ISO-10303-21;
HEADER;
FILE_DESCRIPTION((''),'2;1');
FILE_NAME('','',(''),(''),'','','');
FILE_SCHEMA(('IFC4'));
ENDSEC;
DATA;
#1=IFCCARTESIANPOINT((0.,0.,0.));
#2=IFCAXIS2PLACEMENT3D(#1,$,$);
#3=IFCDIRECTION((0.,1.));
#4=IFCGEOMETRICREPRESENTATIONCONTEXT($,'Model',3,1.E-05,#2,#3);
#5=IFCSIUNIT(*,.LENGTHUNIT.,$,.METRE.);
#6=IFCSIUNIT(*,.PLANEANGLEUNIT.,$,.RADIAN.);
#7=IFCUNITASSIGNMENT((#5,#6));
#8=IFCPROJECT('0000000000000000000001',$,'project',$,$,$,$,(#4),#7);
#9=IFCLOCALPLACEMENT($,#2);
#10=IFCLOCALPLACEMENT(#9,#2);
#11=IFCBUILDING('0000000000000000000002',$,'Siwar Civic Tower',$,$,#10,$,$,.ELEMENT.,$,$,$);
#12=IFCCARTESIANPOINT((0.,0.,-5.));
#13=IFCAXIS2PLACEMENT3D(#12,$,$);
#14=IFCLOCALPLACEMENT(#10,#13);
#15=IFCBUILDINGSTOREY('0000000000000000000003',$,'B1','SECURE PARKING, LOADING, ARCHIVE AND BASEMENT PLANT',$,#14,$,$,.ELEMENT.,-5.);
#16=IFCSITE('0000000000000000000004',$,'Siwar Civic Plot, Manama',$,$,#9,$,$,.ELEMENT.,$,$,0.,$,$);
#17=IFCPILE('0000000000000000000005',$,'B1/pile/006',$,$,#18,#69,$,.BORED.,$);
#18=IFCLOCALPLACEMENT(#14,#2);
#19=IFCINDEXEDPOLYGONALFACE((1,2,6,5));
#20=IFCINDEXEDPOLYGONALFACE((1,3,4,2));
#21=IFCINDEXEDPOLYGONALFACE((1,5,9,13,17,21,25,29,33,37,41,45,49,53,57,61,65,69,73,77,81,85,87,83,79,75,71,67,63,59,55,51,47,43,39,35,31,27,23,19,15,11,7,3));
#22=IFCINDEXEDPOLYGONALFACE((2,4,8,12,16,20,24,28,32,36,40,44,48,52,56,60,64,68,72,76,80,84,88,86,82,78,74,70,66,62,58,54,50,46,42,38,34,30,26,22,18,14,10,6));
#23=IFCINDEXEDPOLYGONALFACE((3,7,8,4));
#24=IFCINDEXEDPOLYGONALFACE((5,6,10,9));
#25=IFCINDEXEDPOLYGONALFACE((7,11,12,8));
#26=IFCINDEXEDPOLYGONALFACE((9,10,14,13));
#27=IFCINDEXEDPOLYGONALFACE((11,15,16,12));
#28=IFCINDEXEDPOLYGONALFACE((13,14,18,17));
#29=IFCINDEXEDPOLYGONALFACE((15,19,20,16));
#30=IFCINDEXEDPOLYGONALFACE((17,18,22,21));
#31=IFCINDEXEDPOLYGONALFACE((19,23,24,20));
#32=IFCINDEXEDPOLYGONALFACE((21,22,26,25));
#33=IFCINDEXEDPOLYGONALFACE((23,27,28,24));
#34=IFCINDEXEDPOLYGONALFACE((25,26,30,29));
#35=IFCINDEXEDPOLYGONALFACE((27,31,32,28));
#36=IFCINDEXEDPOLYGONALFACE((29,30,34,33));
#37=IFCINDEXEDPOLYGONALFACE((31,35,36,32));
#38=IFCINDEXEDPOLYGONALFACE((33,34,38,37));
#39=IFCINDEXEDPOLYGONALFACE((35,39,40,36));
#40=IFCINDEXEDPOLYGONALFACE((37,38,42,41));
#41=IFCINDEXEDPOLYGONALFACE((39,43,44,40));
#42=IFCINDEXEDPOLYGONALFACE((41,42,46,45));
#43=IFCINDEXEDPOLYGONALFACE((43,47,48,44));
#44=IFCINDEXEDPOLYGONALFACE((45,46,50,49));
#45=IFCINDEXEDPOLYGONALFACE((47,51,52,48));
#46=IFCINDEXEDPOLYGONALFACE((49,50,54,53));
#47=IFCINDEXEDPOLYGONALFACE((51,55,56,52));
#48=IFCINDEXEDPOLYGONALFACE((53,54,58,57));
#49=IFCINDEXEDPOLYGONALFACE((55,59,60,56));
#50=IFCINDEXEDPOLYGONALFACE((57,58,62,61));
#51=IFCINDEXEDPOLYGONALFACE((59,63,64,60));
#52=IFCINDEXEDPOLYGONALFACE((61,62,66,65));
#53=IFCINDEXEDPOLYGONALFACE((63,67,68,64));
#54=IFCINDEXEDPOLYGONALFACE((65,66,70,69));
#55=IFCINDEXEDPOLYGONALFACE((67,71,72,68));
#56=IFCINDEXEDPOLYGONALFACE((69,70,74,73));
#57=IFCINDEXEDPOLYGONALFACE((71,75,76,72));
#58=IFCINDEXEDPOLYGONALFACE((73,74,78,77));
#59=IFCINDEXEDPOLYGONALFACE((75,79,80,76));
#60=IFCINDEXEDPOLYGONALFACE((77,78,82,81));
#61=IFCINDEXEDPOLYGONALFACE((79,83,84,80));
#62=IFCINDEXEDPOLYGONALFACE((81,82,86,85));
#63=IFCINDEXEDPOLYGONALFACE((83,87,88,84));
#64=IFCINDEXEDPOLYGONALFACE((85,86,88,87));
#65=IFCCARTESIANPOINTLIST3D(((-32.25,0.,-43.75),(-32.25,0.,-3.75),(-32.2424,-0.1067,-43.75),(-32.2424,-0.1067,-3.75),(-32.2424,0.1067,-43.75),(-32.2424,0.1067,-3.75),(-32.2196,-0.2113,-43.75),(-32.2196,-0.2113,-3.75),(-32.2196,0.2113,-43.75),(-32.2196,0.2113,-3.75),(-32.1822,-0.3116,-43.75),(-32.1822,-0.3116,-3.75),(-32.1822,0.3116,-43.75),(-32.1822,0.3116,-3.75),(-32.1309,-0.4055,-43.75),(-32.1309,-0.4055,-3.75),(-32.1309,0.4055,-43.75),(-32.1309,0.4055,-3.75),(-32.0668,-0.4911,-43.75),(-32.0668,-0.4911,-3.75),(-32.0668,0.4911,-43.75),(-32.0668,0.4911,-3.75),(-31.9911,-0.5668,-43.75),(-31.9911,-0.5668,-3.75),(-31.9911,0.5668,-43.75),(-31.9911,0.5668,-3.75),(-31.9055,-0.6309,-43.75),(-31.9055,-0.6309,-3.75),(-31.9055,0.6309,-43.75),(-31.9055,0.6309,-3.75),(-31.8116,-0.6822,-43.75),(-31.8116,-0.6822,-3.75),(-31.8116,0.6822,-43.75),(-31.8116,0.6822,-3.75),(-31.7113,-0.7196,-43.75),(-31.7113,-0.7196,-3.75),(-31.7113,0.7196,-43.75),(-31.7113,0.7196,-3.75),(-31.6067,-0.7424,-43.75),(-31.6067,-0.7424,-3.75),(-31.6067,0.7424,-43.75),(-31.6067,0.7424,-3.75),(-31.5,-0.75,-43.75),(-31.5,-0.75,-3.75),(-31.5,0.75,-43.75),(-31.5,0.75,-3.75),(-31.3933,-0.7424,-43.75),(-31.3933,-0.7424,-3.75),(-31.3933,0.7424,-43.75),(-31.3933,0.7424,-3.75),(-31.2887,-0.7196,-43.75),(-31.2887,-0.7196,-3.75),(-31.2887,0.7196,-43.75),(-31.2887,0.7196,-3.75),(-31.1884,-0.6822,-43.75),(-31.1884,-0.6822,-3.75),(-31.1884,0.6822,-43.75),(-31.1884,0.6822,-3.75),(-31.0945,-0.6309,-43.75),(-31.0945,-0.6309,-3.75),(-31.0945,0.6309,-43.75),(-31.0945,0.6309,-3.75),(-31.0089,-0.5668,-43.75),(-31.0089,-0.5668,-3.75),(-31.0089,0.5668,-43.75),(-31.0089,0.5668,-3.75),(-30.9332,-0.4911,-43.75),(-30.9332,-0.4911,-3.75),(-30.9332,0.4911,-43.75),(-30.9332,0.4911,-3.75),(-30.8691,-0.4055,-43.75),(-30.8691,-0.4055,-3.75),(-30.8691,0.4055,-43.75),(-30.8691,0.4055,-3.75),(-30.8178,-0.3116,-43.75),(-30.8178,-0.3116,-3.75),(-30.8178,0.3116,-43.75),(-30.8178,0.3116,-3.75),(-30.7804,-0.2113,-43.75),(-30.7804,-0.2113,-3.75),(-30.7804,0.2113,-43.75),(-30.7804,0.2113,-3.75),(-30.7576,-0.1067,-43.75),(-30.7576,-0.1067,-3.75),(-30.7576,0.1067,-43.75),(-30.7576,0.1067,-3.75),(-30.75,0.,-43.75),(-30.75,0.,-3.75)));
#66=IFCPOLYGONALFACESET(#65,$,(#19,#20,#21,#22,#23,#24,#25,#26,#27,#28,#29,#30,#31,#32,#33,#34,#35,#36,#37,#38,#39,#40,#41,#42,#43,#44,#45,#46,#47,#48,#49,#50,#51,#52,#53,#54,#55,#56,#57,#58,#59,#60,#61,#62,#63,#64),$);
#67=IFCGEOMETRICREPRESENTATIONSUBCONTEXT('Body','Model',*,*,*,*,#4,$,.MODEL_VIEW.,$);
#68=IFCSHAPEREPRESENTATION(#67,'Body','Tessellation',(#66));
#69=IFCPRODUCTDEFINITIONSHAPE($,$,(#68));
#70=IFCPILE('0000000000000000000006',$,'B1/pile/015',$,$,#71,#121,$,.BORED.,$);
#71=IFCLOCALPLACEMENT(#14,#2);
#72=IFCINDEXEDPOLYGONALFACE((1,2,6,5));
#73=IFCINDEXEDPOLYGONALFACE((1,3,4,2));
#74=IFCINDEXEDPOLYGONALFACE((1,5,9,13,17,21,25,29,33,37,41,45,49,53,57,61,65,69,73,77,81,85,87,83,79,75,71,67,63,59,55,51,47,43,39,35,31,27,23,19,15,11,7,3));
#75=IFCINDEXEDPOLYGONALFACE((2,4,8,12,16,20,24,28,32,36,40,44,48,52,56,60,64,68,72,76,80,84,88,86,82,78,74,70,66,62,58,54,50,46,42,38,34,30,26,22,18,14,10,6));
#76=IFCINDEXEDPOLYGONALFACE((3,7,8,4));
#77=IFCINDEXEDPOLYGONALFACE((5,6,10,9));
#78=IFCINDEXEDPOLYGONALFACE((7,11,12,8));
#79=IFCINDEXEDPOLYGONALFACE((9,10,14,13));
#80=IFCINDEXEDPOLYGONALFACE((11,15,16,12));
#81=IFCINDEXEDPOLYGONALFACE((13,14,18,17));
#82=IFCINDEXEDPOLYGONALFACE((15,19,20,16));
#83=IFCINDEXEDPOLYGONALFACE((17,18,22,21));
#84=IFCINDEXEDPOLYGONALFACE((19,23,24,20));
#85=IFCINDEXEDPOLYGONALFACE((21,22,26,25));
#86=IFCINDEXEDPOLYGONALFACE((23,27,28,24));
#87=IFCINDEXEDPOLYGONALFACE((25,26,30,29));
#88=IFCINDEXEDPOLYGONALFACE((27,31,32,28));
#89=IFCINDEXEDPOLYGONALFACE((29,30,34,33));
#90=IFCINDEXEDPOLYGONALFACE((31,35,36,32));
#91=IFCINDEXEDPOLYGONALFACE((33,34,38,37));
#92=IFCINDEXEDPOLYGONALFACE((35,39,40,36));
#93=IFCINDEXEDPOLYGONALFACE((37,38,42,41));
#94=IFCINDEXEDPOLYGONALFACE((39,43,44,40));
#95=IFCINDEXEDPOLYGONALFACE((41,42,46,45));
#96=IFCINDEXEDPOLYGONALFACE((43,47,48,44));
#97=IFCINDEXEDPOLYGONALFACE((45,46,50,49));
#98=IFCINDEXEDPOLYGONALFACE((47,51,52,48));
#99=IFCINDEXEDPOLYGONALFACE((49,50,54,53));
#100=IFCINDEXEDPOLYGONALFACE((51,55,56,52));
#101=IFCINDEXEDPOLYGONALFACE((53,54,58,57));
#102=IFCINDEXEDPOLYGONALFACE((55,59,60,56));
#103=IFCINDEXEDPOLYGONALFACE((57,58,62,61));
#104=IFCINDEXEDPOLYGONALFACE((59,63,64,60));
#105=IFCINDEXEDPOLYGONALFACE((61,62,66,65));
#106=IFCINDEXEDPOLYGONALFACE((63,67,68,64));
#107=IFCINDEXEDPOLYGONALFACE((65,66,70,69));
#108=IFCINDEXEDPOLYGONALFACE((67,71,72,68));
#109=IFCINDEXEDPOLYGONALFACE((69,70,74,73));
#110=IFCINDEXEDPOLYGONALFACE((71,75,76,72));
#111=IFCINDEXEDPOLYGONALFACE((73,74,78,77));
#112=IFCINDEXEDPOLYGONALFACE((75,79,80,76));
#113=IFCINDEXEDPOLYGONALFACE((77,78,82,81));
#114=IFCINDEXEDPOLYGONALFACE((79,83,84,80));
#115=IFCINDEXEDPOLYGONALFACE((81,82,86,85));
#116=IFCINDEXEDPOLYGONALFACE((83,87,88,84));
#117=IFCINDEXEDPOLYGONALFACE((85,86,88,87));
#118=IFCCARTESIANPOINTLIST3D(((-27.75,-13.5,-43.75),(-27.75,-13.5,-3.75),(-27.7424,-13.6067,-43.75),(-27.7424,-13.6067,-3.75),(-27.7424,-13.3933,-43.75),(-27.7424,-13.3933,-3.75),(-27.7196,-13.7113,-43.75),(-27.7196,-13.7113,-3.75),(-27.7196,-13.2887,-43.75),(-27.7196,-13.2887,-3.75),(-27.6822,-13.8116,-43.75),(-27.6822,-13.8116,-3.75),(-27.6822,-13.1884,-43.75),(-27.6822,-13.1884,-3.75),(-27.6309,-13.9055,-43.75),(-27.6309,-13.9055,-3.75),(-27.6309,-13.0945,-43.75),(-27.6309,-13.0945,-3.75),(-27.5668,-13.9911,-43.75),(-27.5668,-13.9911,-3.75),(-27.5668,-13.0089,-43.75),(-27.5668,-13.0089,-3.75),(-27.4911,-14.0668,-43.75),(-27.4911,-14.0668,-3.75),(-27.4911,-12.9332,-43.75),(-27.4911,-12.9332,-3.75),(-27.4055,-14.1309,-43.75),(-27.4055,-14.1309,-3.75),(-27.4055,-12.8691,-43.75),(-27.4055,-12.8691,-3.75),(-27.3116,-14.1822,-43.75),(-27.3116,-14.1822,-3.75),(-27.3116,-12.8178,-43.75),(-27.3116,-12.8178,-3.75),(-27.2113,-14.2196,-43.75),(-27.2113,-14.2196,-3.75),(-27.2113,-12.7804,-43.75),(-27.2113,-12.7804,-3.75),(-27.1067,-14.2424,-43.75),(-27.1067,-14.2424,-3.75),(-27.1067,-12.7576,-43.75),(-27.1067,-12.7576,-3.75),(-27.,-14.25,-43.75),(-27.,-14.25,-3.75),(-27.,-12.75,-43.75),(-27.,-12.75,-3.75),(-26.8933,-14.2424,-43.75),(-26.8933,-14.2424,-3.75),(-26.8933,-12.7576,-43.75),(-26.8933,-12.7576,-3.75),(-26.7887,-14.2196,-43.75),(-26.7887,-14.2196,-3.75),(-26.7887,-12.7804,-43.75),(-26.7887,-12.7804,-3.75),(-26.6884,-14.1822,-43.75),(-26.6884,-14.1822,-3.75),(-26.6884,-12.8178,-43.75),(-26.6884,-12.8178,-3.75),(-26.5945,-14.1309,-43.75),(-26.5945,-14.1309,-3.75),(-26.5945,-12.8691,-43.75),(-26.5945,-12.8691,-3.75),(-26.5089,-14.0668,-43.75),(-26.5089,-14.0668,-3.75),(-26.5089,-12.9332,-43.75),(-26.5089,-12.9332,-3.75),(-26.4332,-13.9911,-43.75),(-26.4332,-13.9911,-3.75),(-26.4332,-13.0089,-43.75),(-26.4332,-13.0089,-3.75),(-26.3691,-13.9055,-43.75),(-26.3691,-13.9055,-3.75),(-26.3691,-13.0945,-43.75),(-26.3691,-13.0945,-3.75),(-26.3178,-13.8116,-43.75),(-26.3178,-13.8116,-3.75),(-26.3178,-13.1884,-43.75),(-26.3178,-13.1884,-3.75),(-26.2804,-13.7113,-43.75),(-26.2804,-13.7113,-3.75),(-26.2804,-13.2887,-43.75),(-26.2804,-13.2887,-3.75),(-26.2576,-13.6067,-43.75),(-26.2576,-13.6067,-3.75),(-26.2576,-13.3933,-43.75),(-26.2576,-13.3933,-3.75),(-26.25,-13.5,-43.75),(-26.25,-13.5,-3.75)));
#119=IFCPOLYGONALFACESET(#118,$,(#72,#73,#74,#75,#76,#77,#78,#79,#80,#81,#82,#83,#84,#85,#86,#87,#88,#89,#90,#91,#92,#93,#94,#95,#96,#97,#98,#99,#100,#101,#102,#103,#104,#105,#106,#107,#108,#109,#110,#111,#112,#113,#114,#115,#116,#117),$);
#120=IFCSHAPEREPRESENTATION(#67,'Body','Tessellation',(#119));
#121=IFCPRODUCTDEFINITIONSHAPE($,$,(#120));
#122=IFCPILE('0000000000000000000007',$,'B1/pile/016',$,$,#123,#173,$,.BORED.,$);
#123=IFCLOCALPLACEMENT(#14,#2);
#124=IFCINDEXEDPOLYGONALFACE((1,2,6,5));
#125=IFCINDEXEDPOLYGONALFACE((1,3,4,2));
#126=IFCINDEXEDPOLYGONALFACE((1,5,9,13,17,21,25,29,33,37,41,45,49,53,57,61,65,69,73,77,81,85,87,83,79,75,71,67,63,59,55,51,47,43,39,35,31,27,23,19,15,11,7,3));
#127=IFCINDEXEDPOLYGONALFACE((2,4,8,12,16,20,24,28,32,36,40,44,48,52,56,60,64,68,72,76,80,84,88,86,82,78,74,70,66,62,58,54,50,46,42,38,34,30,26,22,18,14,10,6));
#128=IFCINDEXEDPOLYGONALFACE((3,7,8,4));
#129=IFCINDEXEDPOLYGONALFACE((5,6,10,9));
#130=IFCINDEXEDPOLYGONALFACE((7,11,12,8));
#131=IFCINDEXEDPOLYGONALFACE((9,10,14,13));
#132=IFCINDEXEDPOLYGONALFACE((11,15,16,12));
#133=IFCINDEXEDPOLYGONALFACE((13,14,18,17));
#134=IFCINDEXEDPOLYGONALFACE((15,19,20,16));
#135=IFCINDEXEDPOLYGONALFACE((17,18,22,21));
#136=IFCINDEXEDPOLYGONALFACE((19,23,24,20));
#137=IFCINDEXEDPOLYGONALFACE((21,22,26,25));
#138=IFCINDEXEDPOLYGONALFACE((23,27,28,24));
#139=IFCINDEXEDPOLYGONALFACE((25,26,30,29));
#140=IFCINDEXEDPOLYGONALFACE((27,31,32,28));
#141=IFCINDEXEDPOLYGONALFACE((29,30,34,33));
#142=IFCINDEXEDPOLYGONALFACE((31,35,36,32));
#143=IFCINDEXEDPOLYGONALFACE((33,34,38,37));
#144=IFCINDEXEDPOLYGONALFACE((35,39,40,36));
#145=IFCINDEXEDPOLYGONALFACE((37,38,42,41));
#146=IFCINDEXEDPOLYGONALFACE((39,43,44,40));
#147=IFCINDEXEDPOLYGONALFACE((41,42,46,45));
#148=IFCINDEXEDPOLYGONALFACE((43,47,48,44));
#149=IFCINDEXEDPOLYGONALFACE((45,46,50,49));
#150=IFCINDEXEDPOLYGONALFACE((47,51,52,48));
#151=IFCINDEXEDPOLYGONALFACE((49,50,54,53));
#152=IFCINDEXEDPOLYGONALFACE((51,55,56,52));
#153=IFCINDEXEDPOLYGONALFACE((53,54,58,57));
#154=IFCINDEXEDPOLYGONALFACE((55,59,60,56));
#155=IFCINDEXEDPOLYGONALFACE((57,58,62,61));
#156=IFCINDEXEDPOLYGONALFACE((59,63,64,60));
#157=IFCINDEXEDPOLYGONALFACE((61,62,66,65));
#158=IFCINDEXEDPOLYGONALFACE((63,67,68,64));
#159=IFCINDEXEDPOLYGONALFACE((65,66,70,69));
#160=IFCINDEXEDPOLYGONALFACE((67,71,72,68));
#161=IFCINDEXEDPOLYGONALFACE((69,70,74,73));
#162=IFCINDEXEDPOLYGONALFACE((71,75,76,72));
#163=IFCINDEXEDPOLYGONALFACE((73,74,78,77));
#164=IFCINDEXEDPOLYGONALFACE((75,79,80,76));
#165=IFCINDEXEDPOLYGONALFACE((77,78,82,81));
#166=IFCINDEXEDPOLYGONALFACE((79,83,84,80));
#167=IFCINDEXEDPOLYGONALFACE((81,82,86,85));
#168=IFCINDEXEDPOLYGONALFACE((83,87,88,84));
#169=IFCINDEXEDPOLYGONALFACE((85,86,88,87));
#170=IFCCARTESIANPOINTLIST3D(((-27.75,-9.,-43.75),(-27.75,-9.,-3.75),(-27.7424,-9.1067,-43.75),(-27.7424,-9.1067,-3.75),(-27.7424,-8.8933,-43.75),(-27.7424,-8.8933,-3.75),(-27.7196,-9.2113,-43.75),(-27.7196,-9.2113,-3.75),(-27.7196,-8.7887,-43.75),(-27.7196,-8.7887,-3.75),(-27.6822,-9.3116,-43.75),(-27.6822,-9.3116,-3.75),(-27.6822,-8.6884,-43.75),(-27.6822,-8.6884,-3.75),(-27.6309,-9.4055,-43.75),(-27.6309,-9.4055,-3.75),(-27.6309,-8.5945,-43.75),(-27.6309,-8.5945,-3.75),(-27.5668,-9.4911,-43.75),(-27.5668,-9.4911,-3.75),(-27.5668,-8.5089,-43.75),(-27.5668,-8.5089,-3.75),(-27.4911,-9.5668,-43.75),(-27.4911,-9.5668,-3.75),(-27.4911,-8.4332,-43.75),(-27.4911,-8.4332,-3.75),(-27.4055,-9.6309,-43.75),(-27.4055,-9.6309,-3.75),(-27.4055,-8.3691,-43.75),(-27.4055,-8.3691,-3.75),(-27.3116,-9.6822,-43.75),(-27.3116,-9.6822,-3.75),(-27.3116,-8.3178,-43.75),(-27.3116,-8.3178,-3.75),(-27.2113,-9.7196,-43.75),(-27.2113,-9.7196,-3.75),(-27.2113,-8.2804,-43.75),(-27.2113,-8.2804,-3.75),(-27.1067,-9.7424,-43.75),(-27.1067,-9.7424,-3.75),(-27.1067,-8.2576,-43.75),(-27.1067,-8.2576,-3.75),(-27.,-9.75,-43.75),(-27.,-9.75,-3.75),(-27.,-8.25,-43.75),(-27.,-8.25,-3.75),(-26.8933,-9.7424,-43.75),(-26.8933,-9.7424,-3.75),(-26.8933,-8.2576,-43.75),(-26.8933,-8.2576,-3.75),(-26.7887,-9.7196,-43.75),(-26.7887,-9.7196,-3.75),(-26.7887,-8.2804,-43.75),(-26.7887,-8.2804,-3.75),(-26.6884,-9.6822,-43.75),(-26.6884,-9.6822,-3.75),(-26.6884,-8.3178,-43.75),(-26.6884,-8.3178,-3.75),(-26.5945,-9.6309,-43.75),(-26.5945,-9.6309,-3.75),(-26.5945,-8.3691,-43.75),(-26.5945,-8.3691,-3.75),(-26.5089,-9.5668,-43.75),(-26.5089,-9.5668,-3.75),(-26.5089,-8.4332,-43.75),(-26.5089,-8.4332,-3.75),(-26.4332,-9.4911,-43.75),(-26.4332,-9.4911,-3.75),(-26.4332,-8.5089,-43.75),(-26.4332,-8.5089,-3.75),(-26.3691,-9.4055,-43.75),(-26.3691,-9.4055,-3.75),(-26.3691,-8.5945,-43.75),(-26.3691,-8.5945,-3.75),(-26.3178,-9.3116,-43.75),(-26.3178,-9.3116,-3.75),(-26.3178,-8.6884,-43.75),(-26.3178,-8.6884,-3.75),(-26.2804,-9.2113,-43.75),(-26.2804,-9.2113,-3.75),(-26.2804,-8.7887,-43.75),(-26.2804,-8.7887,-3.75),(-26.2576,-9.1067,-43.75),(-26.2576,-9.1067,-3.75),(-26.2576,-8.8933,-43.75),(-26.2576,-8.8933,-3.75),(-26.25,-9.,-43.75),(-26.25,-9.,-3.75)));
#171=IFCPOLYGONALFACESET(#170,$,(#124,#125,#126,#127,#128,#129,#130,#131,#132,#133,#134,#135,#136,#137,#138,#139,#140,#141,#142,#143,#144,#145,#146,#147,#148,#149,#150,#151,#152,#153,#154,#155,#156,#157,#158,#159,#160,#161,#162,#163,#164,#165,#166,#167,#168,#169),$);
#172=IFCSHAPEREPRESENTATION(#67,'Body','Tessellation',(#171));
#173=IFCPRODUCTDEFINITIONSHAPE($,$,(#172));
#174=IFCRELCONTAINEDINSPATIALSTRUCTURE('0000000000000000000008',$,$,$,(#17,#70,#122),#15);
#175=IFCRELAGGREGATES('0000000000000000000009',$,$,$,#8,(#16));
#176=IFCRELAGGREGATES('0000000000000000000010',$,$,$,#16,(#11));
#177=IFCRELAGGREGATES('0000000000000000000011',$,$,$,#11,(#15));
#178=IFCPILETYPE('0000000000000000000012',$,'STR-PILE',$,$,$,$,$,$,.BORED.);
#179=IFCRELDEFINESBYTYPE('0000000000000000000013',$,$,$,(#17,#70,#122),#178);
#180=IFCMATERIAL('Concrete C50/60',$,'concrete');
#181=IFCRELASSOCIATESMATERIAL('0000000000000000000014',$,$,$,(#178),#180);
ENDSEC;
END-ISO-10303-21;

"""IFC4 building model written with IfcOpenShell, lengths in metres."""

from ifc_helpers import new_model, si_unit, direction, frame, origin, origin_2d, place, context, subcontext, project, spatial, circle, extrude, material, material_profile, profile_set, type_object, element, save


model = new_model("IFC4")

# Units and contexts
model_context = context("Model", 3, precision=1e-05, world=origin(), true_north=direction((0.0, 1.0)))
body_context = subcontext(model_context, "Body", "Model", "MODEL_VIEW")
ifc_project = project(units=[si_unit("LENGTHUNIT", "METRE"), si_unit("PLANEANGLEUNIT", "RADIAN")], contexts=[model_context])

# Site, building, storey
site_placement = place(None, origin())
site = spatial("IfcSite", under=ifc_project, at=site_placement, Name="Siwar Civic Plot, Manama", CompositionType="ELEMENT", RefElevation=0.0)
building_placement = place(site_placement, origin())
building = spatial("IfcBuilding", under=site, at=building_placement, Name="Siwar Civic Tower", CompositionType="ELEMENT")
storey_placement = place(building_placement, frame((0.0, 0.0, -5.0)))
storey = spatial("IfcBuildingStorey", under=building, at=storey_placement, Name="B1", Description="SECURE PARKING, LOADING, ARCHIVE AND BASEMENT PLANT", CompositionType="ELEMENT", Elevation=-5.0)

# Piles
ifc_material_1 = material(Name="Concrete C50/60", Category="concrete")
ifc_material_profile_1 = material_profile(ifc_material_1, circle(Radius=0.75, at=origin_2d()), Name="PILE1500")
ifc_profile_set_1 = profile_set([ifc_material_profile_1], Name="Concrete C50/60")
pile_type = type_object("IfcPileType", Name="STR-PILE", PredefinedType="BORED", material=ifc_profile_set_1)
for number, where, z_axis, x_axis, name in (
    (1, (-31.5, 0.0, -3.75), (0.0, 0.0, -1.0), (1.0, 0.0, 0.0), "B1/pile/006"),
    (2, (-27.0, -13.5, -3.75), (0.0, 0.0, -1.0), (1.0, 0.0, 0.0), "B1/pile/015"),
    (3, (-27.0, -9.0, -3.75), (0.0, 0.0, -1.0), (1.0, 0.0, 0.0), "B1/pile/016"),
):
    element("IfcPile", number, at=place(storey_placement, frame(where, z_axis=z_axis, x_axis=x_axis)), inside=storey, type_object=pile_type, Name=name, PredefinedType="BORED", context=body_context, shape_type="SweptSolid", body=[
        extrude(circle(Radius=0.75, at=origin_2d()), origin(), (0.0, 0.0, 1.0), 40.0),
    ])

save(model, "model.ifc")
